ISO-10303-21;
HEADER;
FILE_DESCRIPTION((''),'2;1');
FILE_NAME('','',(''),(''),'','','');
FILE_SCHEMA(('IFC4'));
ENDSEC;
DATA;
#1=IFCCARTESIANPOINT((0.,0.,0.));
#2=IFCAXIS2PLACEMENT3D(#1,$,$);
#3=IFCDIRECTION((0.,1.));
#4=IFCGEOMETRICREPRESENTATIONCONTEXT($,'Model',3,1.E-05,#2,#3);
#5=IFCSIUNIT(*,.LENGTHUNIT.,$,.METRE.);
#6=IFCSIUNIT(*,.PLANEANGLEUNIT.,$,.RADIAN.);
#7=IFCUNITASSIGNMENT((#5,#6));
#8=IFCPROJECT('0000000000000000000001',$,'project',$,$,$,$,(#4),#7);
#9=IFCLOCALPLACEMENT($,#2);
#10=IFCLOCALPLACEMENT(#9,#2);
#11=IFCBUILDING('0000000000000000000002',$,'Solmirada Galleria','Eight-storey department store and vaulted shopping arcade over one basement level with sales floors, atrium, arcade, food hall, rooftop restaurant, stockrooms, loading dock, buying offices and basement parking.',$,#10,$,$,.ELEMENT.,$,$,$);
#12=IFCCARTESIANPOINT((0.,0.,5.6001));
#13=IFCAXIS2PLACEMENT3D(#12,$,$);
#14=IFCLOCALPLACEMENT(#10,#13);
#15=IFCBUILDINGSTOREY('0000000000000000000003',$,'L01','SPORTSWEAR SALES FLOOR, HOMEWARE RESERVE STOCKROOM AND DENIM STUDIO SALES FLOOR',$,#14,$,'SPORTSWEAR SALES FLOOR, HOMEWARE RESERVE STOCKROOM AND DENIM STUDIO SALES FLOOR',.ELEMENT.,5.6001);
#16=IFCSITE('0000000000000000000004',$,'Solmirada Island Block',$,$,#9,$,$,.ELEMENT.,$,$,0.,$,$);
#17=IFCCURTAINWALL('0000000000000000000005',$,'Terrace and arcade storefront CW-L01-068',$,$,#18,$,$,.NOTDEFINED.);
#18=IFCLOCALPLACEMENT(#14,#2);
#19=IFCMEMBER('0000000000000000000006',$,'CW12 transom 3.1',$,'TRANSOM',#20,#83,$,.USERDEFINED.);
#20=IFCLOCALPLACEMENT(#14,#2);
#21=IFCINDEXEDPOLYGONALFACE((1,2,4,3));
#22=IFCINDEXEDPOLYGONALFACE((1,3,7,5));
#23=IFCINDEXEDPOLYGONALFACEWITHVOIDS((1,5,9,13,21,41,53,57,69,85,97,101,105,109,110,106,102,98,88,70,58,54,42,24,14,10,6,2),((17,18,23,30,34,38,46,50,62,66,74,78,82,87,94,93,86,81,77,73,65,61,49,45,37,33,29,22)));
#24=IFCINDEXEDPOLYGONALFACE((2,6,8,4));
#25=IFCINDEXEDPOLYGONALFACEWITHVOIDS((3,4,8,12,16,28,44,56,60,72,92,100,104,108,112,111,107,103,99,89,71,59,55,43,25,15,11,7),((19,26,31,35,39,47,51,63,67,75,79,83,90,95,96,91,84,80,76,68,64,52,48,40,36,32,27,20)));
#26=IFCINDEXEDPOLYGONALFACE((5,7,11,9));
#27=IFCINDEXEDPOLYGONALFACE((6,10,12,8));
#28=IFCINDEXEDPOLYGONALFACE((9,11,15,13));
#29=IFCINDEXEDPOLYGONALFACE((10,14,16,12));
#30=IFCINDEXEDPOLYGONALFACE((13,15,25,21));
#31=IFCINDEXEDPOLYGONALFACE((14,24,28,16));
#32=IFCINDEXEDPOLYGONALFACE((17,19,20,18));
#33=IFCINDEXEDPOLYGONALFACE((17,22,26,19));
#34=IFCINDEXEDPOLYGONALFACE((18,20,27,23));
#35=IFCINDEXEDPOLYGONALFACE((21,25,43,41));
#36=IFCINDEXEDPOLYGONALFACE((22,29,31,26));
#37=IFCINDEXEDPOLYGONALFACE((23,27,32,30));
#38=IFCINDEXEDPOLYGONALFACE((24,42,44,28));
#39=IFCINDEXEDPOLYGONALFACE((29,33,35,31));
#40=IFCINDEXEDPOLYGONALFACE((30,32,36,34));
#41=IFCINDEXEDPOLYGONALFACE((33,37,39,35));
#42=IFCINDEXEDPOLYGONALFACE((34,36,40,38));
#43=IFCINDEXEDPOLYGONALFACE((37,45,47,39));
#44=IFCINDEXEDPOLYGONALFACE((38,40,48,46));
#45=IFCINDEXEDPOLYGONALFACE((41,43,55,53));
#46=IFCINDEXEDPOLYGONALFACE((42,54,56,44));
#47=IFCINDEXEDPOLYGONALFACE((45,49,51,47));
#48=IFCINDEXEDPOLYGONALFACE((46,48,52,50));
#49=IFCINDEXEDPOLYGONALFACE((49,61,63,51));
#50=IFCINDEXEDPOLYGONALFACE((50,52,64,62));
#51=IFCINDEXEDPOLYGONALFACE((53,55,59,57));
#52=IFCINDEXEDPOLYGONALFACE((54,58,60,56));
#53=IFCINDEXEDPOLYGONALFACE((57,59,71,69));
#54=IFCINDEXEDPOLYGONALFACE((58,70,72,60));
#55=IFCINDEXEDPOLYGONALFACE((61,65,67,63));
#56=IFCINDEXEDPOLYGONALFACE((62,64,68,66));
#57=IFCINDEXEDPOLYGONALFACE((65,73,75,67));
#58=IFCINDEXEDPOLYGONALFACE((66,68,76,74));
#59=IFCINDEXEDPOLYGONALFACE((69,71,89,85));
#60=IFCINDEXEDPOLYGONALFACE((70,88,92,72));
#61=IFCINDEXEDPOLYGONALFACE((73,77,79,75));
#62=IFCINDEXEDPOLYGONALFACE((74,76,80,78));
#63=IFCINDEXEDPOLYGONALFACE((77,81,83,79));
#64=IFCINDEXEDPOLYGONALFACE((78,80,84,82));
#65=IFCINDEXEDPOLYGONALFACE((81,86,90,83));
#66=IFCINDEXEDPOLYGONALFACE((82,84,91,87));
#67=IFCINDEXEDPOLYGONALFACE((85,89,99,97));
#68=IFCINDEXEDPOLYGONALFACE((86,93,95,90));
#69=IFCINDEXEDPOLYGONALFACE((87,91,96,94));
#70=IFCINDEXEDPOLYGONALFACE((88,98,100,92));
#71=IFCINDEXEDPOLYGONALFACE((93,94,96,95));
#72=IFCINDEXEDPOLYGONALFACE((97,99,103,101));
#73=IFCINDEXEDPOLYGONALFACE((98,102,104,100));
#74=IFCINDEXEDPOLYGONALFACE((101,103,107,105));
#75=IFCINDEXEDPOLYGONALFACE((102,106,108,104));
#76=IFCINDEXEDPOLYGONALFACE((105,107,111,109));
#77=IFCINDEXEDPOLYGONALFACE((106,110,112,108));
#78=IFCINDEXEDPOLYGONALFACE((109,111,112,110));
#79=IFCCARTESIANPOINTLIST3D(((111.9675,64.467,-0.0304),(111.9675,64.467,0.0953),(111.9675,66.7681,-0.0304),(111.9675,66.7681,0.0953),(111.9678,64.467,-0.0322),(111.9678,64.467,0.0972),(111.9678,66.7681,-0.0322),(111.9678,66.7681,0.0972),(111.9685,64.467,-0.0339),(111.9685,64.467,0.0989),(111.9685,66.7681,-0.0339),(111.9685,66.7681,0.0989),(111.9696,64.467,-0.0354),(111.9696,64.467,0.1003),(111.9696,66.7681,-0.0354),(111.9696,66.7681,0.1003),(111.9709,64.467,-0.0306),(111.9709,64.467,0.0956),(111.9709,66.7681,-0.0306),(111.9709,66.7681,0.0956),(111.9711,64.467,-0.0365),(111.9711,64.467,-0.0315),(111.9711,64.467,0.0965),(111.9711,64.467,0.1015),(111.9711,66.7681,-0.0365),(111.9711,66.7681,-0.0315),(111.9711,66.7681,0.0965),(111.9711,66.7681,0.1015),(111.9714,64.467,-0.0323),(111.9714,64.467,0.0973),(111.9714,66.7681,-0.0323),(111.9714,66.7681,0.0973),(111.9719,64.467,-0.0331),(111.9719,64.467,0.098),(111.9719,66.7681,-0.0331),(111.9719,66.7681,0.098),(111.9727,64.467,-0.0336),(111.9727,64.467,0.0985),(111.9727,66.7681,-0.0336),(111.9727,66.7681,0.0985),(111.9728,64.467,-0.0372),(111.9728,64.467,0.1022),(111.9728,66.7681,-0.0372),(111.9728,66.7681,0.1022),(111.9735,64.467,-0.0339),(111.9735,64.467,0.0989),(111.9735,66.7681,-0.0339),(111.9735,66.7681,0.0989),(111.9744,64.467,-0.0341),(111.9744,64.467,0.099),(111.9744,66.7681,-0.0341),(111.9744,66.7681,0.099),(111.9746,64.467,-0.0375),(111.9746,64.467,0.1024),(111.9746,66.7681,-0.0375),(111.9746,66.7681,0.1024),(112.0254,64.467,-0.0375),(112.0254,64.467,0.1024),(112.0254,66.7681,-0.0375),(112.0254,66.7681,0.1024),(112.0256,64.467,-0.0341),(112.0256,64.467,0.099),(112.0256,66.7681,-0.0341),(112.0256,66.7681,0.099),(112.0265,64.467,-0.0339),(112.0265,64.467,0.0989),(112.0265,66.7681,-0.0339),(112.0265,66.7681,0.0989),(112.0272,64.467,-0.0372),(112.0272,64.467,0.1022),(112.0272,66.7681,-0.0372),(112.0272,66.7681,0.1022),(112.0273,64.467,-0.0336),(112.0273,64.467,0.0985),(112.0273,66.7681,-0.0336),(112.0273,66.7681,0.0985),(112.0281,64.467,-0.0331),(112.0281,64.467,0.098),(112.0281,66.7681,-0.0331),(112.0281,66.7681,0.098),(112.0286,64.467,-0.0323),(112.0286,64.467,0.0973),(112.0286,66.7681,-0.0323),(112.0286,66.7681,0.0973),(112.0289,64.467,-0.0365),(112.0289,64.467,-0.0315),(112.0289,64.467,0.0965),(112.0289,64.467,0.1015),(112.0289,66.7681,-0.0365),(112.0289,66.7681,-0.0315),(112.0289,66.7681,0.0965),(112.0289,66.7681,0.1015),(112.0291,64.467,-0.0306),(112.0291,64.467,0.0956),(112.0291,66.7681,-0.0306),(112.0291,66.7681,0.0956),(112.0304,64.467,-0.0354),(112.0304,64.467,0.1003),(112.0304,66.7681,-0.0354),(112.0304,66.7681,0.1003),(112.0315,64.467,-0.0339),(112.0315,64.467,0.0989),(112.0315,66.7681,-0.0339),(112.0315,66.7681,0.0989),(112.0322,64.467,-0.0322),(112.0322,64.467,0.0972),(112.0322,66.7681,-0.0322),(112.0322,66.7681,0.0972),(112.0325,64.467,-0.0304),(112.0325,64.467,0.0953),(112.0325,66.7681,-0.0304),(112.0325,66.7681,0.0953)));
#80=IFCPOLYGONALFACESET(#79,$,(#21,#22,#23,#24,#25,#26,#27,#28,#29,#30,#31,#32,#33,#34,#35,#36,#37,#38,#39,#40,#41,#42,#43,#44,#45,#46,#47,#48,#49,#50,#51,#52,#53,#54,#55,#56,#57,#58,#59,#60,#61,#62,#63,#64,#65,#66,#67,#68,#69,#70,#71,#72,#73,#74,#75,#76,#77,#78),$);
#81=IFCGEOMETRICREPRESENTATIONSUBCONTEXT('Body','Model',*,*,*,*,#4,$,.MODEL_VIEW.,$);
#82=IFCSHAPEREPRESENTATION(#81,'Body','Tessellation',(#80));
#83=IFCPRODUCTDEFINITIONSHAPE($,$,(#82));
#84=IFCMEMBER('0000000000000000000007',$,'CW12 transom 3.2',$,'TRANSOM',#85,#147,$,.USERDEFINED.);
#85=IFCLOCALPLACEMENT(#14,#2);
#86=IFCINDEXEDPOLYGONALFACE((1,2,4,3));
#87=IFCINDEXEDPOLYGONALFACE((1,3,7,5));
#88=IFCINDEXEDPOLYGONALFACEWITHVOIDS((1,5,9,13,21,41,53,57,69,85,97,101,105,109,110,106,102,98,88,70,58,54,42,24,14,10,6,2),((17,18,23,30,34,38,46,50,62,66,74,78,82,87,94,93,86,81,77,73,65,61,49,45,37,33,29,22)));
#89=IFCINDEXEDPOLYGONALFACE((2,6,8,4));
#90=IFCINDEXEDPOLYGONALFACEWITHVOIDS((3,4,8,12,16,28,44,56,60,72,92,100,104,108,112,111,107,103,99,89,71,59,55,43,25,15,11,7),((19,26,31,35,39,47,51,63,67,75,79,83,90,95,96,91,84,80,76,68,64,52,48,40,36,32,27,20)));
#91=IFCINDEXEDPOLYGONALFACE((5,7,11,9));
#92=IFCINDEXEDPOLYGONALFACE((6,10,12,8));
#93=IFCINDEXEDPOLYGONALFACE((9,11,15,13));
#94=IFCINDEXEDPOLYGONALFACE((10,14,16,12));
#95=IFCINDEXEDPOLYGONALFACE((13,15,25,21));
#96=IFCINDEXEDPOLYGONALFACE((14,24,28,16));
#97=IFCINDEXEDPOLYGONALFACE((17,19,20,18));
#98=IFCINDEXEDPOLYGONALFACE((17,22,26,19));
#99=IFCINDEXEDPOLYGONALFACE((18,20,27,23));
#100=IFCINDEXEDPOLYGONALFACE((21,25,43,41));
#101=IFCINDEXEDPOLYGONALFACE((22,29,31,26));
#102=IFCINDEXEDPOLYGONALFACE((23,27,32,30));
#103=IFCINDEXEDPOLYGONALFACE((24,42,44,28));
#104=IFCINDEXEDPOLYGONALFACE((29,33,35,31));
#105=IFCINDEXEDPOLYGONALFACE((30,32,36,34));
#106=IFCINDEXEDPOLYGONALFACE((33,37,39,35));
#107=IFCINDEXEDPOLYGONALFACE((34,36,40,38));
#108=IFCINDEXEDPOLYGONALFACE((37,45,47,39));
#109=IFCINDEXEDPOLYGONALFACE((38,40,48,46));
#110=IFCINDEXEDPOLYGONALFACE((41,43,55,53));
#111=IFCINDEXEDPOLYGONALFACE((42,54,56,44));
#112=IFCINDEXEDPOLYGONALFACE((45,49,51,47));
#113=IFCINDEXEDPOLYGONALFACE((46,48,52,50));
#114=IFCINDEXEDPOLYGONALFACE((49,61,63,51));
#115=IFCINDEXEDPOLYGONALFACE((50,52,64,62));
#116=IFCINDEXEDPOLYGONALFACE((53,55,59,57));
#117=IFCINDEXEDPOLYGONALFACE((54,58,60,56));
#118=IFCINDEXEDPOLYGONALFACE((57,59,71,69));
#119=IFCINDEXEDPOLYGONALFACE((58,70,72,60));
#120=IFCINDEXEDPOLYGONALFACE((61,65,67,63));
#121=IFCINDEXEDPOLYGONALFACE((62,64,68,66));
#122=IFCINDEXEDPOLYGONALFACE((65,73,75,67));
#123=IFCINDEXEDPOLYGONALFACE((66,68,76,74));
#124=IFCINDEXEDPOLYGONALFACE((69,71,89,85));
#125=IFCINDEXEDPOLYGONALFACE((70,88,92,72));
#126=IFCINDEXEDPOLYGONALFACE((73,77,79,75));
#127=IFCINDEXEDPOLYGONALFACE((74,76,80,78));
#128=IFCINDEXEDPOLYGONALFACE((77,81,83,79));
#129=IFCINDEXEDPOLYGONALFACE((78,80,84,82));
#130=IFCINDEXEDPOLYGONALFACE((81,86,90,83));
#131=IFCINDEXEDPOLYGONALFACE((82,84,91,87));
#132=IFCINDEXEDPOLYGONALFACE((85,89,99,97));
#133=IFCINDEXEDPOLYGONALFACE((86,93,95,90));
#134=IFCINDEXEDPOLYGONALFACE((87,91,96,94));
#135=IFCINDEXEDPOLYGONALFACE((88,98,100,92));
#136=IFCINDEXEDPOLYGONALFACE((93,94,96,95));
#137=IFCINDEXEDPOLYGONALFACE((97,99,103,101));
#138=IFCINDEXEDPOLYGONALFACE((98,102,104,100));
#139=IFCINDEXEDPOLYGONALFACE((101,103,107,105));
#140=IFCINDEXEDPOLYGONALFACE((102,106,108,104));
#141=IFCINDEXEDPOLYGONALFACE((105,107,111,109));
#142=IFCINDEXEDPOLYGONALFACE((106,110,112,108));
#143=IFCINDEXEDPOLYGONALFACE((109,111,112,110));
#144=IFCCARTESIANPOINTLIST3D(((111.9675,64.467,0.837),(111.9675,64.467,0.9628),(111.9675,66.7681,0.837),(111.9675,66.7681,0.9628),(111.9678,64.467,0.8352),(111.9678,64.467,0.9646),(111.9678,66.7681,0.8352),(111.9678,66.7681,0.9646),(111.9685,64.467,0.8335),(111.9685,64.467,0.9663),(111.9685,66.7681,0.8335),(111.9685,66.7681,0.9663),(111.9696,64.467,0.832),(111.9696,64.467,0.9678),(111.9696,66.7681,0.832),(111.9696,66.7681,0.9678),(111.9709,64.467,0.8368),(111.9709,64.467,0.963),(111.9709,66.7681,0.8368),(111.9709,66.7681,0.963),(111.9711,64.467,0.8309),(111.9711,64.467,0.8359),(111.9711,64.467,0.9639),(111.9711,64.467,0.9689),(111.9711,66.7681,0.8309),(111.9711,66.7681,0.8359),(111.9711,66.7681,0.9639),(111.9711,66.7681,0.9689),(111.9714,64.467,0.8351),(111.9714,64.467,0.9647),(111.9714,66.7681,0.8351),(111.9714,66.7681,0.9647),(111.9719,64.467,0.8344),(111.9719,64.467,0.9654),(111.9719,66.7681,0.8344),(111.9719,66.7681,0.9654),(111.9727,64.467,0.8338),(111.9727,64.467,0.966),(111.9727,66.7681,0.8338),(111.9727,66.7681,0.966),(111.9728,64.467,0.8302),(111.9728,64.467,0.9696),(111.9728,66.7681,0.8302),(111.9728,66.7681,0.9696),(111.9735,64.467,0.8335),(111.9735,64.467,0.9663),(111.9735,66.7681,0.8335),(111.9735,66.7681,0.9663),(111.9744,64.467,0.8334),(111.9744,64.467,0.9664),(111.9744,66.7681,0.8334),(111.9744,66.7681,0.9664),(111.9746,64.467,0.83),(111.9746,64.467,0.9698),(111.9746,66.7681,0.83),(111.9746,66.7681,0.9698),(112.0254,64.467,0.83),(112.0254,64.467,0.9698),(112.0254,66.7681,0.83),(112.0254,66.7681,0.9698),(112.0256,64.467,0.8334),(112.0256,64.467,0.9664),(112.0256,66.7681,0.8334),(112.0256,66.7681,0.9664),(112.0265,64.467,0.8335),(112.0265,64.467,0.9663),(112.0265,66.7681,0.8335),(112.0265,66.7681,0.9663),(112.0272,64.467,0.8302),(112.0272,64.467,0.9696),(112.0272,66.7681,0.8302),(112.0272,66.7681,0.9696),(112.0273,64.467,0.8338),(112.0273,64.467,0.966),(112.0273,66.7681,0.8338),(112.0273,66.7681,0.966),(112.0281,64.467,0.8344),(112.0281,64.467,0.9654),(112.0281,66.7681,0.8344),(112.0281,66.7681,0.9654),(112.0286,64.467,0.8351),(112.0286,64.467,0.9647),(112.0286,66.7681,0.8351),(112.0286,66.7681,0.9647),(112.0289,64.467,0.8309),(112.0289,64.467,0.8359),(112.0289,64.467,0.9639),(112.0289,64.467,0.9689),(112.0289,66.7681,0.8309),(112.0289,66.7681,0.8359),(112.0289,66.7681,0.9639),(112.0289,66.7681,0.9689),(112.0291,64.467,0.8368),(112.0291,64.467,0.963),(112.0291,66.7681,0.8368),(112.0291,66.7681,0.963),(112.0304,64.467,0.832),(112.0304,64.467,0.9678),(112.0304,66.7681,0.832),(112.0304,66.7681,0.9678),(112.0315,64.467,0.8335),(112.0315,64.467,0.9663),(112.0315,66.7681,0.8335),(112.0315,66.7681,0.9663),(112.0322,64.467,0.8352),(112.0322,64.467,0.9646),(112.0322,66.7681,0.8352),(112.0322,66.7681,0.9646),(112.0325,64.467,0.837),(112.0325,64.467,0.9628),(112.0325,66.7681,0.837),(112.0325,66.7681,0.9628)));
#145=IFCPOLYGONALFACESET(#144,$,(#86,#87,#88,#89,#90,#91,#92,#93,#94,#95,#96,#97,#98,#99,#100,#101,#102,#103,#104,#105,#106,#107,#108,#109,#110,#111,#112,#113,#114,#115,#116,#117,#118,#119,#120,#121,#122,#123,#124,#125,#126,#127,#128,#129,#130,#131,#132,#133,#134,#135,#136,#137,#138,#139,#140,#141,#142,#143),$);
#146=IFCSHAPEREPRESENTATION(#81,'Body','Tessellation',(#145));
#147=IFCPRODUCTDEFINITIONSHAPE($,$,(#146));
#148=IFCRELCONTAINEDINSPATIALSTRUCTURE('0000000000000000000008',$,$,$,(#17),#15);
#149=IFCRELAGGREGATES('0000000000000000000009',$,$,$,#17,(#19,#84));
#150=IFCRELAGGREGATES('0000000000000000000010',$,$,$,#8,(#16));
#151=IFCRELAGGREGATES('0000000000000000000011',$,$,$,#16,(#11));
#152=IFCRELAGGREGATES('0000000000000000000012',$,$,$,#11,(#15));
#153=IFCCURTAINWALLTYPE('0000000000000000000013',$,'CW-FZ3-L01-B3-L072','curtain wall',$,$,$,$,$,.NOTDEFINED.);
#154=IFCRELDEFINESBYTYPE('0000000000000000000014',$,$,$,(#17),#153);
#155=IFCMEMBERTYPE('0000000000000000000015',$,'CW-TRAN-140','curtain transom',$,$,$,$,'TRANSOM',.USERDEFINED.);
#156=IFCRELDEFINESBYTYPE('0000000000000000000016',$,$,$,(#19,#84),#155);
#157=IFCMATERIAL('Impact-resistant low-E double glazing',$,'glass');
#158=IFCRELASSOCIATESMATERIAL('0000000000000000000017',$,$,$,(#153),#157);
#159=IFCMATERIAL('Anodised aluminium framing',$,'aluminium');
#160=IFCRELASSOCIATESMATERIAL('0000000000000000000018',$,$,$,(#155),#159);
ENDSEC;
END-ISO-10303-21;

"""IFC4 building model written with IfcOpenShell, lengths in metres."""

from ifc_helpers import new_model, si_unit, direction, frame, origin, origin_2d, place, context, subcontext, project, spatial, hollow_rectangle, extrude, material, material_profile, profile_set, type_object, element, aggregate, save


model = new_model("IFC4")

# Units and contexts
model_context = context("Model", 3, precision=1e-05, world=origin(), true_north=direction((0.0, 1.0)))
body_context = subcontext(model_context, "Body", "Model", "MODEL_VIEW")
ifc_project = project(units=[si_unit("LENGTHUNIT", "METRE"), si_unit("PLANEANGLEUNIT", "RADIAN")], contexts=[model_context])

# Site, building, storey
site_placement = place(None, origin())
site = spatial("IfcSite", under=ifc_project, at=site_placement, Name="Solmirada Island Block", CompositionType="ELEMENT", RefElevation=0.0)
building_placement = place(site_placement, origin())
building = spatial("IfcBuilding", under=site, at=building_placement, Name="Solmirada Galleria", Description="Eight-storey department store and vaulted shopping arcade over one basement level with sales floors, atrium, arcade, food hall, rooftop restaurant, stockrooms, loading dock, buying offices and basement parking.", CompositionType="ELEMENT")
storey_placement = place(building_placement, frame((0.0, 0.0, 5.6001)))
storey = spatial("IfcBuildingStorey", under=building, at=storey_placement, Name="L01", Description="SPORTSWEAR SALES FLOOR, HOMEWARE RESERVE STOCKROOM AND DENIM STUDIO SALES FLOOR", LongName="SPORTSWEAR SALES FLOOR, HOMEWARE RESERVE STOCKROOM AND DENIM STUDIO SALES FLOOR", CompositionType="ELEMENT", Elevation=5.6001)

# Shared definitions
ifc_material_1 = material(Name="Impact-resistant low-E double glazing", Category="glass")
ifc_material_2 = material(Name="Anodised aluminium framing", Category="aluminium")

# Curtain wall
curtain_wall_type_1 = type_object("IfcCurtainWallType", Name="CW-FZ3-L01-B3-L072", Description="curtain wall", PredefinedType="NOTDEFINED", material=ifc_material_1)
curtain_wall_1_placement = place(storey_placement, origin())
curtain_wall_1 = element("IfcCurtainWall", 1, at=curtain_wall_1_placement, inside=storey, type_object=curtain_wall_type_1, Name="Terrace and arcade storefront CW-L01-068", PredefinedType="NOTDEFINED")

# Members
ifc_material_profile_1 = material_profile(ifc_material_2, hollow_rectangle(XDim=0.0649, YDim=0.1399, WallThickness=0.0034, InnerFilletRadius=0.0034, OuterFilletRadius=0.0071, at=origin_2d()), Name="ALU-TRAN-140X65")
ifc_profile_set_1 = profile_set([ifc_material_profile_1], Name="Anodised aluminium framing")
member_type_1 = type_object("IfcMemberType", Name="CW-TRAN-140", Description="curtain transom", ElementType="TRANSOM", PredefinedType="USERDEFINED", material=ifc_profile_set_1)
member_1_placement = place(storey_placement, frame((112.0, 66.7681, 0.0325), z_axis=(0.0, -1.0, 0.0), x_axis=(1.0, 0.0, 0.0)))
member_1 = element("IfcMember", 2, at=member_1_placement, type_object=member_type_1, Name="CW12 transom 3.1", ObjectType="TRANSOM", PredefinedType="USERDEFINED", context=body_context, shape_type="SweptSolid", body=[
    extrude(hollow_rectangle(XDim=0.0649, YDim=0.1399, WallThickness=0.0034, InnerFilletRadius=0.0034, OuterFilletRadius=0.0071, at=origin_2d()), origin(), (0.0, 0.0, 1.0), 2.301),
])
member_2_placement = place(storey_placement, frame((112.0, 66.7681, 0.8999), z_axis=(0.0, -1.0, 0.0), x_axis=(1.0, 0.0, 0.0)))
member_2 = element("IfcMember", 3, at=member_2_placement, type_object=member_type_1, Name="CW12 transom 3.2", ObjectType="TRANSOM", PredefinedType="USERDEFINED", context=body_context, shape_type="SweptSolid", body=[
    extrude(hollow_rectangle(XDim=0.0649, YDim=0.1399, WallThickness=0.0034, InnerFilletRadius=0.0034, OuterFilletRadius=0.0071, at=origin_2d()), origin(), (0.0, 0.0, 1.0), 2.301),
])

aggregate(curtain_wall_1, [member_1, member_2])

save(model, "model.ifc")
